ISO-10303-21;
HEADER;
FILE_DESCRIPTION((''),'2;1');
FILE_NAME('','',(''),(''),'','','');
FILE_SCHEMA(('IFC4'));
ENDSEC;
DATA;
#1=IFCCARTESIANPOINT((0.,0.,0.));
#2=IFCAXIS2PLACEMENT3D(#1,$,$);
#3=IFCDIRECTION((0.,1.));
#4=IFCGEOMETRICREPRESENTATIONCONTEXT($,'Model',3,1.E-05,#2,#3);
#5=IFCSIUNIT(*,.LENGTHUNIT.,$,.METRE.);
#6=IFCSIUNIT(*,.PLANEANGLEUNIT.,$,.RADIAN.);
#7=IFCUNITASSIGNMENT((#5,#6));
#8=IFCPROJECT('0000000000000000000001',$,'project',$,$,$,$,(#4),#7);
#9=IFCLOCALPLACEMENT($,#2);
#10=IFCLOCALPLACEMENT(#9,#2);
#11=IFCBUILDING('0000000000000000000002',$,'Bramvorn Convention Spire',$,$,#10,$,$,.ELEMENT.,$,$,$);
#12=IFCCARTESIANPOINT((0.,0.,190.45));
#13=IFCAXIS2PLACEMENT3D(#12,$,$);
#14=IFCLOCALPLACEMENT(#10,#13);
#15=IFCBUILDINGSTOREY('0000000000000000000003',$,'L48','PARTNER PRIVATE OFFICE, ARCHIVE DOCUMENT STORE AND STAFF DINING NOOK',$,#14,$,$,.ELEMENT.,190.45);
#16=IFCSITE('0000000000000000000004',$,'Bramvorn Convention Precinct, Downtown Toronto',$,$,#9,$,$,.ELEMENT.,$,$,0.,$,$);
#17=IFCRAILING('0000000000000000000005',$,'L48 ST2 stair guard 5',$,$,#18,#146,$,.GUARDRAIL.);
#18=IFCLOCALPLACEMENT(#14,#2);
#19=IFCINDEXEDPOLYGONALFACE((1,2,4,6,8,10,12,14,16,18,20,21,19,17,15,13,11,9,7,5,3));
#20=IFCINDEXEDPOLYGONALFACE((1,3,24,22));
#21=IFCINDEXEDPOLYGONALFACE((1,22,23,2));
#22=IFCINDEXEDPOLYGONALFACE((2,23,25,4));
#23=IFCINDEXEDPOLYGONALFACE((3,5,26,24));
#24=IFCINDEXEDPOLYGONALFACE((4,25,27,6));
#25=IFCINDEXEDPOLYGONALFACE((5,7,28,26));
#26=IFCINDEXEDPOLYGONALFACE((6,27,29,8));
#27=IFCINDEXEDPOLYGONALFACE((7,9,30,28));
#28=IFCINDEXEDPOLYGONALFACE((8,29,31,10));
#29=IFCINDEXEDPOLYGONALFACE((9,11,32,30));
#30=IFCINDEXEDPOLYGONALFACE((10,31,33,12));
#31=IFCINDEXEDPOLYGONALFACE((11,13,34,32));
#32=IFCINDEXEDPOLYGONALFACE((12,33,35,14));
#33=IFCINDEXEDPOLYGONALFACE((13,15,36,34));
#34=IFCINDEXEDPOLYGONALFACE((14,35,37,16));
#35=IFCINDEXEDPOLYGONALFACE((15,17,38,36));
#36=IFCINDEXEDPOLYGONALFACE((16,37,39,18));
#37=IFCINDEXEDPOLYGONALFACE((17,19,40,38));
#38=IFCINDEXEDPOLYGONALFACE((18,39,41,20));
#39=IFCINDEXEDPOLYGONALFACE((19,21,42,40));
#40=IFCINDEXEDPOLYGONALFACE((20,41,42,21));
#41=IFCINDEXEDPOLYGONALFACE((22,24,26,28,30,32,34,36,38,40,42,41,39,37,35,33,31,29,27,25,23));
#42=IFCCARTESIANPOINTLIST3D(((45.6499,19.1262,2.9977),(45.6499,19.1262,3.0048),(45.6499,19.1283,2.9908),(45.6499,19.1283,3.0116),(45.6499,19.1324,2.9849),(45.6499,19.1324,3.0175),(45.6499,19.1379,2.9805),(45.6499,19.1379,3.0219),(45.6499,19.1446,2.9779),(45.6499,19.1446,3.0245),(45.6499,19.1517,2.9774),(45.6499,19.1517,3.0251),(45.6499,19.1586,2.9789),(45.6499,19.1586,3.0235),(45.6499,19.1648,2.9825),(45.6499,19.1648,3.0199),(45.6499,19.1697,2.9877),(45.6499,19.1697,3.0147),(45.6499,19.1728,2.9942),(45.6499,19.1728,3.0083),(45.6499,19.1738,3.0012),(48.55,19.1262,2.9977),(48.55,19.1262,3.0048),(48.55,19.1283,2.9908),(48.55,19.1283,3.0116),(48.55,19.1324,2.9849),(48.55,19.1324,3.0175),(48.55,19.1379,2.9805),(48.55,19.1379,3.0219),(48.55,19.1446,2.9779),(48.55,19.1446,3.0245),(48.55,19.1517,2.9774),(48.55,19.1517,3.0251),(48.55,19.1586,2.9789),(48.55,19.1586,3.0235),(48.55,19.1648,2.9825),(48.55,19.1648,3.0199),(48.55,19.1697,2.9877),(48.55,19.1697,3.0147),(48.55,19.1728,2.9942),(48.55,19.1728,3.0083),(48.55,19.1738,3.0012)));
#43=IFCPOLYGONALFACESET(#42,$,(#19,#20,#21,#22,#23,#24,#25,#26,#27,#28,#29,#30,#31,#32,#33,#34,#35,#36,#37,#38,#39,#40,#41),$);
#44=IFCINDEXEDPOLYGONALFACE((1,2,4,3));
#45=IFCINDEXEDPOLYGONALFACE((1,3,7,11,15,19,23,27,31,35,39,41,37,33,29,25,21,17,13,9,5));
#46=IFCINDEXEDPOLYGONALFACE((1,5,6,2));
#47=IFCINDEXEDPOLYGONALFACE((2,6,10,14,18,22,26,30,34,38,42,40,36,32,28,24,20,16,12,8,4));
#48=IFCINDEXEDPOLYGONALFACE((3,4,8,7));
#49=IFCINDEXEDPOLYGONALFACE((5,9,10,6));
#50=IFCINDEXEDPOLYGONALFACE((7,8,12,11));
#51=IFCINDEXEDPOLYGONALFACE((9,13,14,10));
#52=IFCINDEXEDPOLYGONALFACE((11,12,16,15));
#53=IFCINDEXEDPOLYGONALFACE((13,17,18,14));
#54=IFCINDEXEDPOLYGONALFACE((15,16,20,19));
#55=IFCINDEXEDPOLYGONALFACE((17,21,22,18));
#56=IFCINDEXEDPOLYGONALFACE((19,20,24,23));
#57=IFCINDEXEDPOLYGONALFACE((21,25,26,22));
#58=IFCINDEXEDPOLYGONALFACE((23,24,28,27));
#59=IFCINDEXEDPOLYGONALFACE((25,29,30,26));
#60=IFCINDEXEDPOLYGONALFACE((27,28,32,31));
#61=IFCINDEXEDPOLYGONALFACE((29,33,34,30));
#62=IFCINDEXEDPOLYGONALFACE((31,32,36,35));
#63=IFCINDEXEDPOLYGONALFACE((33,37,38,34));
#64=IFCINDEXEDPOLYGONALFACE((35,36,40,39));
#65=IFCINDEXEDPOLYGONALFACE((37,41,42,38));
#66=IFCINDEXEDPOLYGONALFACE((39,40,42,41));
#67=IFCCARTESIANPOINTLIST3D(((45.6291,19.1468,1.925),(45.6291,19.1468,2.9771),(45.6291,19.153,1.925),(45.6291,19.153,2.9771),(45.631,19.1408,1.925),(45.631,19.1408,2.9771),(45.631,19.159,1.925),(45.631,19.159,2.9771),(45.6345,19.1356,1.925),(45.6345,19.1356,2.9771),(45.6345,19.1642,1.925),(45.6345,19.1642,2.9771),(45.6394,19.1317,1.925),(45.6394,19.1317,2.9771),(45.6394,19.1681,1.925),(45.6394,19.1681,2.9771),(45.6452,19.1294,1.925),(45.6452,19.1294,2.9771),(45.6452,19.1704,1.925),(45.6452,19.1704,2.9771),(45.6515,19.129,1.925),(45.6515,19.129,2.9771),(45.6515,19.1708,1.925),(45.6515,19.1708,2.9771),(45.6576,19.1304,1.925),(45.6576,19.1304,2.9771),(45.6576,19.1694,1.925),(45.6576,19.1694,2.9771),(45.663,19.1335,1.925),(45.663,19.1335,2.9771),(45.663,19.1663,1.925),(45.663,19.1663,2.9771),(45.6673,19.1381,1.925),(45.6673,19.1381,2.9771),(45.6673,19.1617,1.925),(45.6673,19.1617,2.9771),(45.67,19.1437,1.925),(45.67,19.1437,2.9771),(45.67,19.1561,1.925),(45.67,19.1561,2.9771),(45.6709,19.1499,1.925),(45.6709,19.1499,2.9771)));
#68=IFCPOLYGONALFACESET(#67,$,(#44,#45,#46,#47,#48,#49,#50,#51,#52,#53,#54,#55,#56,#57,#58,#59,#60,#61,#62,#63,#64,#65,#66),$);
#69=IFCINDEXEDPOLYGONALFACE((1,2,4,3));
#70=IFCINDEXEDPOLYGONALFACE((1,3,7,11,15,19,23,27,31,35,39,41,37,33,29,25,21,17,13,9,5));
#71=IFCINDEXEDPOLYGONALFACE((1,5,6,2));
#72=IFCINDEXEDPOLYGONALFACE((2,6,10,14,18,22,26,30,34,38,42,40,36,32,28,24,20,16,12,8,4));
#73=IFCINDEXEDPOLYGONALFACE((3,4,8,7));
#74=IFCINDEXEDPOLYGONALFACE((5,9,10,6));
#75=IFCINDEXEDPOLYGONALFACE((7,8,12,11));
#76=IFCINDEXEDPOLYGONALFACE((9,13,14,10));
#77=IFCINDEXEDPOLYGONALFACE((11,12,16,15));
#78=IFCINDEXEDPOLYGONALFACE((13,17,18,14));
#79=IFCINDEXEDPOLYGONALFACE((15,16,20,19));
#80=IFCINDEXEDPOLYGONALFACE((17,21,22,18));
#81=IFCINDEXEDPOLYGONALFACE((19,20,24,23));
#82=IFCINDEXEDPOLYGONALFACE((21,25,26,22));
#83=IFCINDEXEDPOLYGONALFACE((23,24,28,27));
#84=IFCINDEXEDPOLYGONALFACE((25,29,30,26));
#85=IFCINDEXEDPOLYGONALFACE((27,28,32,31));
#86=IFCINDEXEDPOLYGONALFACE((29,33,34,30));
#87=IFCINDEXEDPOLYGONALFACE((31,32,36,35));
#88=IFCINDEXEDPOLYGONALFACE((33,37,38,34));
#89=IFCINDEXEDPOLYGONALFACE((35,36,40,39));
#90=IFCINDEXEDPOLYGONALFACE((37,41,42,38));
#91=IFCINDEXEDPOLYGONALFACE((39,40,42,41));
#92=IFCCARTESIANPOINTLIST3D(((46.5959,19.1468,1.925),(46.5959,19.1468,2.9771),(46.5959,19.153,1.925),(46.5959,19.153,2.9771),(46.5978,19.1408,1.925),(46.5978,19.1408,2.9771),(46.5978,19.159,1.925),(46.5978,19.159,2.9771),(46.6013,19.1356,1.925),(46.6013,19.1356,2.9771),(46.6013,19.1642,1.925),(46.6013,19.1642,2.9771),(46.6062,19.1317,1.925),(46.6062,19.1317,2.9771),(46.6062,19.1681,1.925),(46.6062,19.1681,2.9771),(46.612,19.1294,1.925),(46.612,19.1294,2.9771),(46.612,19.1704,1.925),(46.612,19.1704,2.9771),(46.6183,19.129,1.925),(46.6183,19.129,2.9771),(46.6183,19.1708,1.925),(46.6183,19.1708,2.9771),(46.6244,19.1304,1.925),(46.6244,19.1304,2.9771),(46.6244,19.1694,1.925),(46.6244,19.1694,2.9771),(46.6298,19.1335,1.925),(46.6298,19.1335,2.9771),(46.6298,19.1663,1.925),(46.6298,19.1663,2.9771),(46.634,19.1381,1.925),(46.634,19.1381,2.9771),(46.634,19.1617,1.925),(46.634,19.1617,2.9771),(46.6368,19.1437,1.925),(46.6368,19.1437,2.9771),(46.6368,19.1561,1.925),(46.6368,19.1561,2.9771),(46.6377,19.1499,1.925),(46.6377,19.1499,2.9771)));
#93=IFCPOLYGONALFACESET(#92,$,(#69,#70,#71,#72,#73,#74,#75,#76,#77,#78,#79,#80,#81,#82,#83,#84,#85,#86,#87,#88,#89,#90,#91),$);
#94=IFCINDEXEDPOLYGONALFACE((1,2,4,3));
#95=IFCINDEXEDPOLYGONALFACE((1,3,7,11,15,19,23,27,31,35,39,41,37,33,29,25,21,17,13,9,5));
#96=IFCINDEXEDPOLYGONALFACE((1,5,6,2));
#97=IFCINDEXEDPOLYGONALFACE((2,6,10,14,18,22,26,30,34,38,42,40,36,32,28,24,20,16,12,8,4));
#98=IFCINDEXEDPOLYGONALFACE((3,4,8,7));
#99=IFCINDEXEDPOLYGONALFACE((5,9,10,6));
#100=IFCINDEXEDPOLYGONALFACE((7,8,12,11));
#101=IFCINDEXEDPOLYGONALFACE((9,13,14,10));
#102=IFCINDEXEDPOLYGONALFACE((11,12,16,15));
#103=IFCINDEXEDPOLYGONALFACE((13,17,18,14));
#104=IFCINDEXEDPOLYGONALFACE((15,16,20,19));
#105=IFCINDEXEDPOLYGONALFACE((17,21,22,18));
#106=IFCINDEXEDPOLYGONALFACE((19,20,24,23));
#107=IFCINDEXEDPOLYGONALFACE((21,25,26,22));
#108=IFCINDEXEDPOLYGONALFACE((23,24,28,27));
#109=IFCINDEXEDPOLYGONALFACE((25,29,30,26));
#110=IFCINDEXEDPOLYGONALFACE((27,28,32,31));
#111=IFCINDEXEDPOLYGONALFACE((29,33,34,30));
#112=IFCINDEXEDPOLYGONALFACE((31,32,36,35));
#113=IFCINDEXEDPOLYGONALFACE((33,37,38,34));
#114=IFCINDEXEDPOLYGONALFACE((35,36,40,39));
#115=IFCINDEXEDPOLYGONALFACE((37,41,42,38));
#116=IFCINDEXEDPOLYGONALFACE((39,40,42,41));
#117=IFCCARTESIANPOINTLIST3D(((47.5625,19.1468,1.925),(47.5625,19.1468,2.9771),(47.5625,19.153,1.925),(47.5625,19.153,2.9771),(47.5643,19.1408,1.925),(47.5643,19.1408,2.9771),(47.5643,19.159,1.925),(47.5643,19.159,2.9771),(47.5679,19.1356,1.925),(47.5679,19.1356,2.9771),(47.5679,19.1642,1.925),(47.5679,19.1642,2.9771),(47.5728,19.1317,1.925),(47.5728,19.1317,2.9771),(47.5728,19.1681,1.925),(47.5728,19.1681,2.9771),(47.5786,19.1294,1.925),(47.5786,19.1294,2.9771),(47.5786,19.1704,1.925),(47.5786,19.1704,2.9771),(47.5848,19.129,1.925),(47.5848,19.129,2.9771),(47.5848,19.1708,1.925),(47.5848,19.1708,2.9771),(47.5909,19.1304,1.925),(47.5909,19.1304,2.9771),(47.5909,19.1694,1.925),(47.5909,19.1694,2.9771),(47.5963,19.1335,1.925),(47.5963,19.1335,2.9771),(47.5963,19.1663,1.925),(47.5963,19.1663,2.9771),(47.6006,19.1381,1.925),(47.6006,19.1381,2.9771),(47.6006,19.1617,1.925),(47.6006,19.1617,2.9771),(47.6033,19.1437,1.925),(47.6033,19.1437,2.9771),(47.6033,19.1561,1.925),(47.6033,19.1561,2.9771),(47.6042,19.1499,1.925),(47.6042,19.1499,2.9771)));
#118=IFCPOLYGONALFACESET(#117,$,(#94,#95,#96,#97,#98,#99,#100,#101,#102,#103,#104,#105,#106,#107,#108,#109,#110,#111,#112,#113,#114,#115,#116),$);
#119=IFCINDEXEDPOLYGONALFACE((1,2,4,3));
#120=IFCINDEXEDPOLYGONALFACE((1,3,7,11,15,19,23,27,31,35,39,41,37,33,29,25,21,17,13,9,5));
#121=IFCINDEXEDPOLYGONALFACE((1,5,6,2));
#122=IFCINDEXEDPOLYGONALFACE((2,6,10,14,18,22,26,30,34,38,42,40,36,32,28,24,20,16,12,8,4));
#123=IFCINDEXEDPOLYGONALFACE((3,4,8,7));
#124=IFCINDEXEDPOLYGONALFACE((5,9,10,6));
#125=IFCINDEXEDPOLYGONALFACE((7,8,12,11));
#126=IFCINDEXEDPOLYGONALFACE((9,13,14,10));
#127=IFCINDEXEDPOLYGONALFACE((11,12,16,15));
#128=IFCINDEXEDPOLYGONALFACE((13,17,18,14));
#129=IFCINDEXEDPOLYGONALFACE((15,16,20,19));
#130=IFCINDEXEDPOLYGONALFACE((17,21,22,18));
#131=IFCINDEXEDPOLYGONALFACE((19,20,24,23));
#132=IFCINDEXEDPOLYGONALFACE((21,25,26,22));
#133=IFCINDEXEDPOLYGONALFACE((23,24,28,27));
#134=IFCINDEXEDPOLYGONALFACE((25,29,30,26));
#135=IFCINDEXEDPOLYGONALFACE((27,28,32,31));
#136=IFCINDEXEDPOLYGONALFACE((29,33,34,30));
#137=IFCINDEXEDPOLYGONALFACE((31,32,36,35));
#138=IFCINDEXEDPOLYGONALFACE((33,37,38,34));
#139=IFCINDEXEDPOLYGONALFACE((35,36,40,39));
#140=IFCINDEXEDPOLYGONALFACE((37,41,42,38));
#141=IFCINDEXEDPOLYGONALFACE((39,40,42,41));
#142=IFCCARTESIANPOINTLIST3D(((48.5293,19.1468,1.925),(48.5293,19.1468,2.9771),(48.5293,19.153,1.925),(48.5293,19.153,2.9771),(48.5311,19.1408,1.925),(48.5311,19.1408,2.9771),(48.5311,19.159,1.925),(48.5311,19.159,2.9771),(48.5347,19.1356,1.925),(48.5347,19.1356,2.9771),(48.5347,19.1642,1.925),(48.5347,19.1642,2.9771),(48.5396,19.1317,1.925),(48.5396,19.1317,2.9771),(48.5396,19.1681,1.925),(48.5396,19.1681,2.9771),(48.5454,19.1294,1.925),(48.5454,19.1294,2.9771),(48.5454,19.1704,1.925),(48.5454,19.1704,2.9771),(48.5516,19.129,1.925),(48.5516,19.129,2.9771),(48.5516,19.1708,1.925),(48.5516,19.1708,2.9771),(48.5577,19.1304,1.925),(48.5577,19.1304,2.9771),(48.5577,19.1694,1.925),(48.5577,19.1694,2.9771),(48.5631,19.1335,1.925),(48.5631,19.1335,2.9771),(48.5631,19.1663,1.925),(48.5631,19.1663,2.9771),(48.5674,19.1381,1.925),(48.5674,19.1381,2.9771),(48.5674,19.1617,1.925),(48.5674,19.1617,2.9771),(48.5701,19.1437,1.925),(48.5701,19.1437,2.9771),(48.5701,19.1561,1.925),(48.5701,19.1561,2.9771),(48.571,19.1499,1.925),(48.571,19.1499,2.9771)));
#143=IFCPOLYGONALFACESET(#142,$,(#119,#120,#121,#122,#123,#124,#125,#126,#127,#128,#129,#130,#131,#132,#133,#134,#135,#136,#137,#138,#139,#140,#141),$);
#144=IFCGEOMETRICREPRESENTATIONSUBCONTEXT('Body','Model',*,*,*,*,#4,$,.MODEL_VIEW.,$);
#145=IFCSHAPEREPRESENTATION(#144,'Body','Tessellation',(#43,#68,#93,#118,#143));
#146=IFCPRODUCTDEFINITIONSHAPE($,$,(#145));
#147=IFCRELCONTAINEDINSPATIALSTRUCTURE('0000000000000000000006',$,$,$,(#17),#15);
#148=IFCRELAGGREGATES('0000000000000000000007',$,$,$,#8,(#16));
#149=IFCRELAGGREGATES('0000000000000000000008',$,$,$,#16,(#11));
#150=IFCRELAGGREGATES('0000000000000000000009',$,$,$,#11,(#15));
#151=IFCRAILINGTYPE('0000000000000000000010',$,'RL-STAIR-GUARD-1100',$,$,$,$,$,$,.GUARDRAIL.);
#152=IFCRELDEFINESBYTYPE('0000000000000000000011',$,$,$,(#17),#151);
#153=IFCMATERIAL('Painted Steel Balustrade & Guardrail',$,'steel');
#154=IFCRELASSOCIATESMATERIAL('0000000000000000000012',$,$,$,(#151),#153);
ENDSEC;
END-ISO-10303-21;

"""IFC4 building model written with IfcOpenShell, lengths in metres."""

from ifc_helpers import new_model, si_unit, direction, frame, origin, origin_2d, place, context, subcontext, project, spatial, circle, extrude, material, type_object, element, save


model = new_model("IFC4")

# Units and contexts
model_context = context("Model", 3, precision=1e-05, world=origin(), true_north=direction((0.0, 1.0)))
body_context = subcontext(model_context, "Body", "Model", "MODEL_VIEW")
ifc_project = project(units=[si_unit("LENGTHUNIT", "METRE"), si_unit("PLANEANGLEUNIT", "RADIAN")], contexts=[model_context])

# Site, building, storey
site_placement = place(None, origin())
site = spatial("IfcSite", under=ifc_project, at=site_placement, Name="Bramvorn Convention Precinct, Downtown Toronto", CompositionType="ELEMENT", RefElevation=0.0)
building_placement = place(site_placement, origin())
building = spatial("IfcBuilding", under=site, at=building_placement, Name="Bramvorn Convention Spire", CompositionType="ELEMENT")
storey_placement = place(building_placement, frame((0.0, 0.0, 190.45)))
storey = spatial("IfcBuildingStorey", under=building, at=storey_placement, Name="L48", Description="PARTNER PRIVATE OFFICE, ARCHIVE DOCUMENT STORE AND STAFF DINING NOOK", CompositionType="ELEMENT", Elevation=190.45)

# Railing
ifc_material_1 = material(Name="Painted Steel Balustrade & Guardrail", Category="steel")
railing_type_1 = type_object("IfcRailingType", Name="RL-STAIR-GUARD-1100", PredefinedType="GUARDRAIL", material=ifc_material_1)
railing_1_placement = place(storey_placement, frame((45.6499, 19.1499, 1.925)))
element("IfcRailing", 1, at=railing_1_placement, inside=storey, type_object=railing_type_1, Name="L48 ST2 stair guard 5", PredefinedType="GUARDRAIL", context=body_context, shape_type="SweptSolid", body=[
    extrude(circle(Radius=0.0239, at=origin_2d()), frame((0.0, 0.0, 1.0762), z_axis=(1.0, 0.0, 0.0), x_axis=(0.0, 1.0, 0.0)), (0.0, 0.0, 1.0), 2.9001),
    extrude(circle(Radius=0.021, at=origin_2d()), origin(), (0.0, 0.0, 1.0), 1.052),
    extrude(circle(Radius=0.021, at=origin_2d()), frame((0.9668, 0.0, 0.0)), (0.0, 0.0, 1.0), 1.052),
    extrude(circle(Radius=0.021, at=origin_2d()), frame((1.9333, 0.0, 0.0)), (0.0, 0.0, 1.0), 1.052),
    extrude(circle(Radius=0.021, at=origin_2d()), frame((2.9001, 0.0, 0.0)), (0.0, 0.0, 1.0), 1.052),
])

save(model, "model.ifc")
